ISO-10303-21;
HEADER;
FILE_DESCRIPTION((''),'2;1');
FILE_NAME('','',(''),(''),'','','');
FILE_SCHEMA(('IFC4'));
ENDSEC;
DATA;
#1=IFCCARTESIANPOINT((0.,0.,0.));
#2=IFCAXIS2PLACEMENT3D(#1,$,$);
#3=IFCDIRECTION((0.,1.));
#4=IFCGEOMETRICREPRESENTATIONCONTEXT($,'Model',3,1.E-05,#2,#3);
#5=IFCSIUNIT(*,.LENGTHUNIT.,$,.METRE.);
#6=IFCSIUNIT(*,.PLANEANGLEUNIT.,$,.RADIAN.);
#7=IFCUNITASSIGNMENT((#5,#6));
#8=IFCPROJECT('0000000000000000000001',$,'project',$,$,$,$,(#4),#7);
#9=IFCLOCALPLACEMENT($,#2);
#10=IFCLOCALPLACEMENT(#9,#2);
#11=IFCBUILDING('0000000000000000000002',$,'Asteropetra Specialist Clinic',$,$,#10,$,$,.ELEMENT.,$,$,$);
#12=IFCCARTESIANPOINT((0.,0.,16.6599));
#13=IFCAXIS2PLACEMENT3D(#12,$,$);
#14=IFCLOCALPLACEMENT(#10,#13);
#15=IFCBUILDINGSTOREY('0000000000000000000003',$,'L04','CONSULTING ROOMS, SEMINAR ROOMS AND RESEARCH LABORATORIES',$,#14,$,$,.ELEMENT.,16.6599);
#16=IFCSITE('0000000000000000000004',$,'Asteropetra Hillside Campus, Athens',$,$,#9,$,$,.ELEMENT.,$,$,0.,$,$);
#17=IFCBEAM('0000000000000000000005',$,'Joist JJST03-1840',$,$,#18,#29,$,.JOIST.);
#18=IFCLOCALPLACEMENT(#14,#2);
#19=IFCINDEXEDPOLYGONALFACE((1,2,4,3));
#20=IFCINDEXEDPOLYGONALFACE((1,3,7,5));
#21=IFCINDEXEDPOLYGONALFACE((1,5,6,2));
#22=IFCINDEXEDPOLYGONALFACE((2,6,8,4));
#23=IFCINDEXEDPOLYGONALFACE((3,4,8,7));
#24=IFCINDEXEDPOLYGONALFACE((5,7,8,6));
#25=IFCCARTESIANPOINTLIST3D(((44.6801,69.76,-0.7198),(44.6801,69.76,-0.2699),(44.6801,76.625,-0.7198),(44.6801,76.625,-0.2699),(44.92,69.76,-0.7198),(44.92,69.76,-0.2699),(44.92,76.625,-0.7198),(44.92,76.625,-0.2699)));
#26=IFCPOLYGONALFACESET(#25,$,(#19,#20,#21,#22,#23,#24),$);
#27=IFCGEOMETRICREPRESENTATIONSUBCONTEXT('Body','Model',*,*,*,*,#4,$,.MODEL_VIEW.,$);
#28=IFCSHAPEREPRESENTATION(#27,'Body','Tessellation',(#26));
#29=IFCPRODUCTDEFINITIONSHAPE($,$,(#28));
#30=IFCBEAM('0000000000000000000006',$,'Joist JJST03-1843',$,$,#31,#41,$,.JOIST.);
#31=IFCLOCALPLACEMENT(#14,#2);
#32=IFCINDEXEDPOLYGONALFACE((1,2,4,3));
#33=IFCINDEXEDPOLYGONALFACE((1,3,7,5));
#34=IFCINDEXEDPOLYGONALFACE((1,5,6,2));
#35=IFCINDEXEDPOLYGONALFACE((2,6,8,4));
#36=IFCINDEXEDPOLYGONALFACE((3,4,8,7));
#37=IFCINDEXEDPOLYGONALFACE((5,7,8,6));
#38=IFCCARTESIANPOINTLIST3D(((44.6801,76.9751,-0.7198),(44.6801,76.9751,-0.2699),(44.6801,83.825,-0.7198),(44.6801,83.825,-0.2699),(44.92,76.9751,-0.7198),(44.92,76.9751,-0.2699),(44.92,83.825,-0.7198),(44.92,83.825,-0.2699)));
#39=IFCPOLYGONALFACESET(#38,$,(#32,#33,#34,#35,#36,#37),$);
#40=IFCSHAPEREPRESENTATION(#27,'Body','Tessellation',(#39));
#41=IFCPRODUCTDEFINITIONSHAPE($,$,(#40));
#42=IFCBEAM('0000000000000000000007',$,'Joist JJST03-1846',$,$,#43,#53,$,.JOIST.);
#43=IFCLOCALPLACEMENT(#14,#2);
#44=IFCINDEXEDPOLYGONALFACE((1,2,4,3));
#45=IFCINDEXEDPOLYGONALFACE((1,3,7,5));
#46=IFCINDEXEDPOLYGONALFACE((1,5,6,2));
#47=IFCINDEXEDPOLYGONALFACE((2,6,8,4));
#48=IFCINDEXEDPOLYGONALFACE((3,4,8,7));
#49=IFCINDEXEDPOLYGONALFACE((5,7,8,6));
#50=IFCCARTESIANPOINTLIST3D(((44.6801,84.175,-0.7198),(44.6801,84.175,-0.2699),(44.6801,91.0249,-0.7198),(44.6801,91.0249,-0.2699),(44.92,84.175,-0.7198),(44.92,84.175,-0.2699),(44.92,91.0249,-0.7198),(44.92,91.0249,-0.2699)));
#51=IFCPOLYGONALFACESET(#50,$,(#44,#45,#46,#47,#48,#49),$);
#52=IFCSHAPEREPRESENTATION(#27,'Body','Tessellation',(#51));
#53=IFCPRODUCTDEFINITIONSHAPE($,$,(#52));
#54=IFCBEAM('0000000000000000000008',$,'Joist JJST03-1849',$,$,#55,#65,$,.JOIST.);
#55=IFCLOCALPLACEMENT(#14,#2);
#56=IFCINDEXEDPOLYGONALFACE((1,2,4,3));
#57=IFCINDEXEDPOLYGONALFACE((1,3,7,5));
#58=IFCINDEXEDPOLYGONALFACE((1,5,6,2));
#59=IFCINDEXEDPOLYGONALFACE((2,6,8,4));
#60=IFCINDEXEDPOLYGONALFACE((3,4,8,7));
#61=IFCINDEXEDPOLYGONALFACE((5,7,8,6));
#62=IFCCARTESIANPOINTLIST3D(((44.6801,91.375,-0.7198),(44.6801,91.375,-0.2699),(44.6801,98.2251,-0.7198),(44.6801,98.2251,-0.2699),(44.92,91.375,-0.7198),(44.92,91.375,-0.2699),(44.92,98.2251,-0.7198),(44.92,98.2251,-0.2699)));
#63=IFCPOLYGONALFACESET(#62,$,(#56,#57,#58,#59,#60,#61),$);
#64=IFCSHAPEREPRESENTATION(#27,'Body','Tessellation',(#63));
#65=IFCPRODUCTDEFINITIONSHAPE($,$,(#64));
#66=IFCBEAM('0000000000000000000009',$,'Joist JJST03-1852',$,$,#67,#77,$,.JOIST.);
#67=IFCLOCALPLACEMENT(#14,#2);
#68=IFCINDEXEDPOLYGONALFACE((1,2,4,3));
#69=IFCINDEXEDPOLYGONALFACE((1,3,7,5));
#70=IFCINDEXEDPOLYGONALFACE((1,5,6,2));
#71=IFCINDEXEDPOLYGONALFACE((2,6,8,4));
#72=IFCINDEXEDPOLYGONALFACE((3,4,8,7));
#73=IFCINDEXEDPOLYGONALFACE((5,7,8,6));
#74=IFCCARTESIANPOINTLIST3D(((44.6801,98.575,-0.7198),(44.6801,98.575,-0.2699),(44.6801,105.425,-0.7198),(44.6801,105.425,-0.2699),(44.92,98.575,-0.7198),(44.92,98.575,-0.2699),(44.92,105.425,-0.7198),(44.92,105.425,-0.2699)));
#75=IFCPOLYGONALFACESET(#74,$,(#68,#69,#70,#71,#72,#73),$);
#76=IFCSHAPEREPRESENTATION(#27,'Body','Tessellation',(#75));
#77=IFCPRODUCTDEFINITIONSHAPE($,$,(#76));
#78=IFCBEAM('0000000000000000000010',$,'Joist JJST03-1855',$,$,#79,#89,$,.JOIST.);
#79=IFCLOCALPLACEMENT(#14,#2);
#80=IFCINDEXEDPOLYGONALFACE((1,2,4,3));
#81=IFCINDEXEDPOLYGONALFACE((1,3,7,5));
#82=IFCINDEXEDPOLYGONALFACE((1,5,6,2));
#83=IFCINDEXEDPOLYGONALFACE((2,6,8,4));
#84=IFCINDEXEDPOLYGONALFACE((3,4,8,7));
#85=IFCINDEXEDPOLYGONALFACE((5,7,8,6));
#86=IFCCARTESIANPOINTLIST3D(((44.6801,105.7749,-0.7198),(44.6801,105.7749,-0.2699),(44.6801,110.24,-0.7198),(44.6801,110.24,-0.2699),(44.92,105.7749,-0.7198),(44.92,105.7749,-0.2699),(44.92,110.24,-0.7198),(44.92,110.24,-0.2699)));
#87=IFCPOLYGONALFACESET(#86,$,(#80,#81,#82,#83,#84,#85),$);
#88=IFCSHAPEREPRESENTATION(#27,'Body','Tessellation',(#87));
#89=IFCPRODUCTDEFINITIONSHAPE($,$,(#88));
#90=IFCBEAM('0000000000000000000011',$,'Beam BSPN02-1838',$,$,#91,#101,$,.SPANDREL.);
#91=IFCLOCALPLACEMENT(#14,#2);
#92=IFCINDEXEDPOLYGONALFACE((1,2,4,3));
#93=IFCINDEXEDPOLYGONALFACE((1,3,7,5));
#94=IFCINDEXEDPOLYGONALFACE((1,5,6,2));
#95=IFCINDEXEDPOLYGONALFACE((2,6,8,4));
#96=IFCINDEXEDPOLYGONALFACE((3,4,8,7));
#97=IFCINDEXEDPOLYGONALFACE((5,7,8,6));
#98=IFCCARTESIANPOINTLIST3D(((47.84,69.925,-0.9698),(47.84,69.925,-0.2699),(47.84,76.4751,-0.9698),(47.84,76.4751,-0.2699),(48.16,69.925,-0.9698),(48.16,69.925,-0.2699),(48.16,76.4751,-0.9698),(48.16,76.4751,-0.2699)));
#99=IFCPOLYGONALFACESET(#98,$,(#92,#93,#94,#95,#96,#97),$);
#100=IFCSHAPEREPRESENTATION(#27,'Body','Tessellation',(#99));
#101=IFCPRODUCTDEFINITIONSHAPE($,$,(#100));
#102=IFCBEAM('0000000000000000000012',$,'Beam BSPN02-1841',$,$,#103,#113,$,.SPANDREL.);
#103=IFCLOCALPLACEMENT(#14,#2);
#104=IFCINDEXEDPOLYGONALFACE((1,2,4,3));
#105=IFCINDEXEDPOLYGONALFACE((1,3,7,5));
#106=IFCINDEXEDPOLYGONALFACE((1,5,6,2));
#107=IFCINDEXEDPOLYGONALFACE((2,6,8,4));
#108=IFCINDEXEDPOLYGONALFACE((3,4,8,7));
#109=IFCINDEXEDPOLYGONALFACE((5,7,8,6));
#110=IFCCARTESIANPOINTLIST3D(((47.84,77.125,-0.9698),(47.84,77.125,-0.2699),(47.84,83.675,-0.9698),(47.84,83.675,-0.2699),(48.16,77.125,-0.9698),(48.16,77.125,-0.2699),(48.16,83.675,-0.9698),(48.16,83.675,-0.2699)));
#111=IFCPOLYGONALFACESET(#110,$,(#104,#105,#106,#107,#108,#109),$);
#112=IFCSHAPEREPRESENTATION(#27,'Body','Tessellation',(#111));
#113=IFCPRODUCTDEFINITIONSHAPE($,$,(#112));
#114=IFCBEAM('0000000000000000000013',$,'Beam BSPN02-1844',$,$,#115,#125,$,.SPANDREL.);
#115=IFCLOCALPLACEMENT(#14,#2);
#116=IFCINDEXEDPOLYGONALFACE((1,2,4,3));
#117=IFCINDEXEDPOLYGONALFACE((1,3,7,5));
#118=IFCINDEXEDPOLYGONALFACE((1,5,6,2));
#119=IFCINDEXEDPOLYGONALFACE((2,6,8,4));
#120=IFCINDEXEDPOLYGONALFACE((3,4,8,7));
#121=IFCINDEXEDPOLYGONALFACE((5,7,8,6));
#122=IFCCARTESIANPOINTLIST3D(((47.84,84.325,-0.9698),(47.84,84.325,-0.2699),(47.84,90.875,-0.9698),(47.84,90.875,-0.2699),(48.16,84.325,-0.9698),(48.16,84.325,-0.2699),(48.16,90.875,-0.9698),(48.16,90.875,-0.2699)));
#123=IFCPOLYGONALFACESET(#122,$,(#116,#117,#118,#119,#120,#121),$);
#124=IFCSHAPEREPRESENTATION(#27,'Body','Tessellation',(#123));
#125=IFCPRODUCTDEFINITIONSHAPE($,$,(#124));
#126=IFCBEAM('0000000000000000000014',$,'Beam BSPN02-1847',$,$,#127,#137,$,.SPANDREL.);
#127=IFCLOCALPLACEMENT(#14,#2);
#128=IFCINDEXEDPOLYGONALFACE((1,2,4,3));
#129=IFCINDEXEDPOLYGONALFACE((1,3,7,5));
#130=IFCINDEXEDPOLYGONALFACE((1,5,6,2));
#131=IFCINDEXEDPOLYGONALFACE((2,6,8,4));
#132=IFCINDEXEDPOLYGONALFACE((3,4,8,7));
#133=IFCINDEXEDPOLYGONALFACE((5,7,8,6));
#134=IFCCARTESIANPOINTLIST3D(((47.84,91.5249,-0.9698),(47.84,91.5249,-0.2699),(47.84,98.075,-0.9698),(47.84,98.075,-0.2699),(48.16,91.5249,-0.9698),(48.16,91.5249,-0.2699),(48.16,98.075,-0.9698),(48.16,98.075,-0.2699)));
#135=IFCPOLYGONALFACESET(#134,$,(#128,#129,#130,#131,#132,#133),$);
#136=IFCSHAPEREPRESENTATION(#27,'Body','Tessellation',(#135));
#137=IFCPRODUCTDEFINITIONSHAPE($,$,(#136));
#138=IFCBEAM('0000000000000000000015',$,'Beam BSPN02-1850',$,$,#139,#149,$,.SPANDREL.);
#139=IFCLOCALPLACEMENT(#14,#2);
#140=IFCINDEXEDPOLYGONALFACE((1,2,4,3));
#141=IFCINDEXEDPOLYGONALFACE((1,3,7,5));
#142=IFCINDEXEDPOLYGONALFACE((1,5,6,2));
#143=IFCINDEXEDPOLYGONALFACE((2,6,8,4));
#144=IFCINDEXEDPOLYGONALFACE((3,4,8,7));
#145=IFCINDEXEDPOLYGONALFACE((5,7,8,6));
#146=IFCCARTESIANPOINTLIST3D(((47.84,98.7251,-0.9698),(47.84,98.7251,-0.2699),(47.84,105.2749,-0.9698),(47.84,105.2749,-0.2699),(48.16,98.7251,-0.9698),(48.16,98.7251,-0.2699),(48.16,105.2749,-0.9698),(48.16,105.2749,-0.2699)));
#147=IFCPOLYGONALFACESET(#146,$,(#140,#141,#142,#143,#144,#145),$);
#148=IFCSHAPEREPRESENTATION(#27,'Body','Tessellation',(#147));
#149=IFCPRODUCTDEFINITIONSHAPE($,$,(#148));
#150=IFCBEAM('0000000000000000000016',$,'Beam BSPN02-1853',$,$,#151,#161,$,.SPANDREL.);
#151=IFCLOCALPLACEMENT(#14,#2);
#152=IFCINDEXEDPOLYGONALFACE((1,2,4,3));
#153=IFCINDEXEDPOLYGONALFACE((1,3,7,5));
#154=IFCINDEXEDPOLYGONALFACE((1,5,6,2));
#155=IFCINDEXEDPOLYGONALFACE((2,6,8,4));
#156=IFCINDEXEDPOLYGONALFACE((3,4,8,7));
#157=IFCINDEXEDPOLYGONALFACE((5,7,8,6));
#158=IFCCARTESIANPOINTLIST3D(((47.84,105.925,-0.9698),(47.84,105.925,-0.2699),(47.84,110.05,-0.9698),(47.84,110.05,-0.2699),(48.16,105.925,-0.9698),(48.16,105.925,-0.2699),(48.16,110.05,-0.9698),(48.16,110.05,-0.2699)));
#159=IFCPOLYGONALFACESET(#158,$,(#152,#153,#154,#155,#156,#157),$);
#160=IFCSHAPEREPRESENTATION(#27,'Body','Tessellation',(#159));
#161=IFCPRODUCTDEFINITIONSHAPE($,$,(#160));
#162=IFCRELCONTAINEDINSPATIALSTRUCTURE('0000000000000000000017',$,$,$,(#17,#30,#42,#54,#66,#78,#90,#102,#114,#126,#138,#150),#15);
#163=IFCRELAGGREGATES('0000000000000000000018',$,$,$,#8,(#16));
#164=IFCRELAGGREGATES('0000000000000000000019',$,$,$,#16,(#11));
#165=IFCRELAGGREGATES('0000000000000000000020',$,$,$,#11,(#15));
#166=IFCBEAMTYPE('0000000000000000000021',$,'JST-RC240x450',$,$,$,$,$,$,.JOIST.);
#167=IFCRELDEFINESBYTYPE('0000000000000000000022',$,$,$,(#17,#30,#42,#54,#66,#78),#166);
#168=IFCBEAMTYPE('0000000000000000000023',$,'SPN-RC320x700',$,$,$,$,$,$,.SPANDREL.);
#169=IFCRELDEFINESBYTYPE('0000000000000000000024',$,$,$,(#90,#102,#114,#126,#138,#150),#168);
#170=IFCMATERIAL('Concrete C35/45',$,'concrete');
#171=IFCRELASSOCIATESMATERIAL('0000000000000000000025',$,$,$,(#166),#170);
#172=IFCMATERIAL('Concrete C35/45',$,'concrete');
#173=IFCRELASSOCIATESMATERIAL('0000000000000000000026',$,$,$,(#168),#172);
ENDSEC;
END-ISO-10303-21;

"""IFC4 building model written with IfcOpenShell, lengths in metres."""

from ifc_helpers import new_model, si_unit, direction, frame, origin, origin_2d, place, context, subcontext, project, spatial, rectangle, extrude, material, material_profile, profile_set, type_object, element, save


model = new_model("IFC4")

# Units and contexts
model_context = context("Model", 3, precision=1e-05, world=origin(), true_north=direction((0.0, 1.0)))
body_context = subcontext(model_context, "Body", "Model", "MODEL_VIEW")
ifc_project = project(units=[si_unit("LENGTHUNIT", "METRE"), si_unit("PLANEANGLEUNIT", "RADIAN")], contexts=[model_context])

# Site, building, storey
site_placement = place(None, origin())
site = spatial("IfcSite", under=ifc_project, at=site_placement, Name="Asteropetra Hillside Campus, Athens", CompositionType="ELEMENT", RefElevation=0.0)
building_placement = place(site_placement, origin())
building = spatial("IfcBuilding", under=site, at=building_placement, Name="Asteropetra Specialist Clinic", CompositionType="ELEMENT")
storey_placement = place(building_placement, frame((0.0, 0.0, 16.6599)))
storey = spatial("IfcBuildingStorey", under=building, at=storey_placement, Name="L04", Description="CONSULTING ROOMS, SEMINAR ROOMS AND RESEARCH LABORATORIES", CompositionType="ELEMENT", Elevation=16.6599)

# Beams
ifc_material_1 = material(Name="Concrete C35/45", Category="concrete")
ifc_material_profile_1 = material_profile(ifc_material_1, rectangle(XDim=0.24, YDim=0.45, at=origin_2d()), Name="RCJ 240x450")
ifc_profile_set_1 = profile_set([ifc_material_profile_1], Name="Concrete C35/45")
beam_type_1 = type_object("IfcBeamType", Name="JST-RC240x450", PredefinedType="JOIST", material=ifc_profile_set_1)
beam_1_placement = place(storey_placement, frame((44.8, 69.76, -0.4949), z_axis=(0.0, 1.0, 0.0), x_axis=(-1.0, 0.0, 0.0)))
element("IfcBeam", 1, at=beam_1_placement, inside=storey, type_object=beam_type_1, Name="Joist JJST03-1840", PredefinedType="JOIST", context=body_context, shape_type="SweptSolid", body=[
    extrude(rectangle(XDim=0.24, YDim=0.45, at=origin_2d()), origin(), (0.0, 0.0, 1.0), 6.865),
])
for number, where, z_axis, x_axis, name in (
    (2, (44.8, 76.9751, -0.4949), (0.0, 1.0, 0.0), (-1.0, 0.0, 0.0), "Joist JJST03-1843"),
    (3, (44.8, 84.175, -0.4949), (0.0, 1.0, 0.0), (-1.0, 0.0, 0.0), "Joist JJST03-1846"),
):
    element("IfcBeam", number, at=place(storey_placement, frame(where, z_axis=z_axis, x_axis=x_axis)), inside=storey, type_object=beam_type_1, Name=name, PredefinedType="JOIST", context=body_context, shape_type="SweptSolid", body=[
        extrude(rectangle(XDim=0.24, YDim=0.45, at=origin_2d()), origin(), (0.0, 0.0, 1.0), 6.8499),
    ])
for number, where, z_axis, x_axis, name in (
    (4, (44.8, 91.375, -0.4949), (0.0, 1.0, 0.0), (-1.0, 0.0, 0.0), "Joist JJST03-1849"),
    (5, (44.8, 98.575, -0.4949), (0.0, 1.0, 0.0), (-1.0, 0.0, 0.0), "Joist JJST03-1852"),
):
    element("IfcBeam", number, at=place(storey_placement, frame(where, z_axis=z_axis, x_axis=x_axis)), inside=storey, type_object=beam_type_1, Name=name, PredefinedType="JOIST", context=body_context, shape_type="SweptSolid", body=[
        extrude(rectangle(XDim=0.24, YDim=0.45, at=origin_2d()), origin(), (0.0, 0.0, 1.0), 6.8501),
    ])
beam_2_placement = place(storey_placement, frame((44.8, 105.7749, -0.4949), z_axis=(0.0, 1.0, 0.0), x_axis=(-1.0, 0.0, 0.0)))
element("IfcBeam", 6, at=beam_2_placement, inside=storey, type_object=beam_type_1, Name="Joist JJST03-1855", PredefinedType="JOIST", context=body_context, shape_type="SweptSolid", body=[
    extrude(rectangle(XDim=0.24, YDim=0.45, at=origin_2d()), origin(), (0.0, 0.0, 1.0), 4.4651),
])
ifc_material_2 = material(Name="Concrete C35/45", Category="concrete")
ifc_material_profile_2 = material_profile(ifc_material_2, rectangle(XDim=0.3201, YDim=0.7, at=origin_2d()), Name="RCS 320x700")
ifc_profile_set_2 = profile_set([ifc_material_profile_2], Name="Concrete C35/45")
beam_type_2 = type_object("IfcBeamType", Name="SPN-RC320x700", PredefinedType="SPANDREL", material=ifc_profile_set_2)
for number, where, z_axis, x_axis, name in (
    (7, (48.0, 69.925, -0.6199), (0.0, 1.0, 0.0), (-1.0, 0.0, 0.0), "Beam BSPN02-1838"),
    (8, (48.0, 77.125, -0.6199), (0.0, 1.0, 0.0), (-1.0, 0.0, 0.0), "Beam BSPN02-1841"),
    (9, (48.0, 84.325, -0.6199), (0.0, 1.0, 0.0), (-1.0, 0.0, 0.0), "Beam BSPN02-1844"),
    (10, (48.0, 91.5249, -0.6199), (0.0, 1.0, 0.0), (-1.0, 0.0, 0.0), "Beam BSPN02-1847"),
):
    element("IfcBeam", number, at=place(storey_placement, frame(where, z_axis=z_axis, x_axis=x_axis)), inside=storey, type_object=beam_type_2, Name=name, PredefinedType="SPANDREL", context=body_context, shape_type="SweptSolid", body=[
        extrude(rectangle(XDim=0.3201, YDim=0.7, at=origin_2d()), origin(), (0.0, 0.0, 1.0), 6.55),
    ])
beam_3_placement = place(storey_placement, frame((48.0, 98.7251, -0.6199), z_axis=(0.0, 1.0, 0.0), x_axis=(-1.0, 0.0, 0.0)))
element("IfcBeam", 11, at=beam_3_placement, inside=storey, type_object=beam_type_2, Name="Beam BSPN02-1850", PredefinedType="SPANDREL", context=body_context, shape_type="SweptSolid", body=[
    extrude(rectangle(XDim=0.3201, YDim=0.7, at=origin_2d()), origin(), (0.0, 0.0, 1.0), 6.5498),
])
beam_4_placement = place(storey_placement, frame((48.0, 105.925, -0.6199), z_axis=(0.0, 1.0, 0.0), x_axis=(-1.0, 0.0, 0.0)))
element("IfcBeam", 12, at=beam_4_placement, inside=storey, type_object=beam_type_2, Name="Beam BSPN02-1853", PredefinedType="SPANDREL", context=body_context, shape_type="SweptSolid", body=[
    extrude(rectangle(XDim=0.3201, YDim=0.7, at=origin_2d()), origin(), (0.0, 0.0, 1.0), 4.125),
])

save(model, "model.ifc")
